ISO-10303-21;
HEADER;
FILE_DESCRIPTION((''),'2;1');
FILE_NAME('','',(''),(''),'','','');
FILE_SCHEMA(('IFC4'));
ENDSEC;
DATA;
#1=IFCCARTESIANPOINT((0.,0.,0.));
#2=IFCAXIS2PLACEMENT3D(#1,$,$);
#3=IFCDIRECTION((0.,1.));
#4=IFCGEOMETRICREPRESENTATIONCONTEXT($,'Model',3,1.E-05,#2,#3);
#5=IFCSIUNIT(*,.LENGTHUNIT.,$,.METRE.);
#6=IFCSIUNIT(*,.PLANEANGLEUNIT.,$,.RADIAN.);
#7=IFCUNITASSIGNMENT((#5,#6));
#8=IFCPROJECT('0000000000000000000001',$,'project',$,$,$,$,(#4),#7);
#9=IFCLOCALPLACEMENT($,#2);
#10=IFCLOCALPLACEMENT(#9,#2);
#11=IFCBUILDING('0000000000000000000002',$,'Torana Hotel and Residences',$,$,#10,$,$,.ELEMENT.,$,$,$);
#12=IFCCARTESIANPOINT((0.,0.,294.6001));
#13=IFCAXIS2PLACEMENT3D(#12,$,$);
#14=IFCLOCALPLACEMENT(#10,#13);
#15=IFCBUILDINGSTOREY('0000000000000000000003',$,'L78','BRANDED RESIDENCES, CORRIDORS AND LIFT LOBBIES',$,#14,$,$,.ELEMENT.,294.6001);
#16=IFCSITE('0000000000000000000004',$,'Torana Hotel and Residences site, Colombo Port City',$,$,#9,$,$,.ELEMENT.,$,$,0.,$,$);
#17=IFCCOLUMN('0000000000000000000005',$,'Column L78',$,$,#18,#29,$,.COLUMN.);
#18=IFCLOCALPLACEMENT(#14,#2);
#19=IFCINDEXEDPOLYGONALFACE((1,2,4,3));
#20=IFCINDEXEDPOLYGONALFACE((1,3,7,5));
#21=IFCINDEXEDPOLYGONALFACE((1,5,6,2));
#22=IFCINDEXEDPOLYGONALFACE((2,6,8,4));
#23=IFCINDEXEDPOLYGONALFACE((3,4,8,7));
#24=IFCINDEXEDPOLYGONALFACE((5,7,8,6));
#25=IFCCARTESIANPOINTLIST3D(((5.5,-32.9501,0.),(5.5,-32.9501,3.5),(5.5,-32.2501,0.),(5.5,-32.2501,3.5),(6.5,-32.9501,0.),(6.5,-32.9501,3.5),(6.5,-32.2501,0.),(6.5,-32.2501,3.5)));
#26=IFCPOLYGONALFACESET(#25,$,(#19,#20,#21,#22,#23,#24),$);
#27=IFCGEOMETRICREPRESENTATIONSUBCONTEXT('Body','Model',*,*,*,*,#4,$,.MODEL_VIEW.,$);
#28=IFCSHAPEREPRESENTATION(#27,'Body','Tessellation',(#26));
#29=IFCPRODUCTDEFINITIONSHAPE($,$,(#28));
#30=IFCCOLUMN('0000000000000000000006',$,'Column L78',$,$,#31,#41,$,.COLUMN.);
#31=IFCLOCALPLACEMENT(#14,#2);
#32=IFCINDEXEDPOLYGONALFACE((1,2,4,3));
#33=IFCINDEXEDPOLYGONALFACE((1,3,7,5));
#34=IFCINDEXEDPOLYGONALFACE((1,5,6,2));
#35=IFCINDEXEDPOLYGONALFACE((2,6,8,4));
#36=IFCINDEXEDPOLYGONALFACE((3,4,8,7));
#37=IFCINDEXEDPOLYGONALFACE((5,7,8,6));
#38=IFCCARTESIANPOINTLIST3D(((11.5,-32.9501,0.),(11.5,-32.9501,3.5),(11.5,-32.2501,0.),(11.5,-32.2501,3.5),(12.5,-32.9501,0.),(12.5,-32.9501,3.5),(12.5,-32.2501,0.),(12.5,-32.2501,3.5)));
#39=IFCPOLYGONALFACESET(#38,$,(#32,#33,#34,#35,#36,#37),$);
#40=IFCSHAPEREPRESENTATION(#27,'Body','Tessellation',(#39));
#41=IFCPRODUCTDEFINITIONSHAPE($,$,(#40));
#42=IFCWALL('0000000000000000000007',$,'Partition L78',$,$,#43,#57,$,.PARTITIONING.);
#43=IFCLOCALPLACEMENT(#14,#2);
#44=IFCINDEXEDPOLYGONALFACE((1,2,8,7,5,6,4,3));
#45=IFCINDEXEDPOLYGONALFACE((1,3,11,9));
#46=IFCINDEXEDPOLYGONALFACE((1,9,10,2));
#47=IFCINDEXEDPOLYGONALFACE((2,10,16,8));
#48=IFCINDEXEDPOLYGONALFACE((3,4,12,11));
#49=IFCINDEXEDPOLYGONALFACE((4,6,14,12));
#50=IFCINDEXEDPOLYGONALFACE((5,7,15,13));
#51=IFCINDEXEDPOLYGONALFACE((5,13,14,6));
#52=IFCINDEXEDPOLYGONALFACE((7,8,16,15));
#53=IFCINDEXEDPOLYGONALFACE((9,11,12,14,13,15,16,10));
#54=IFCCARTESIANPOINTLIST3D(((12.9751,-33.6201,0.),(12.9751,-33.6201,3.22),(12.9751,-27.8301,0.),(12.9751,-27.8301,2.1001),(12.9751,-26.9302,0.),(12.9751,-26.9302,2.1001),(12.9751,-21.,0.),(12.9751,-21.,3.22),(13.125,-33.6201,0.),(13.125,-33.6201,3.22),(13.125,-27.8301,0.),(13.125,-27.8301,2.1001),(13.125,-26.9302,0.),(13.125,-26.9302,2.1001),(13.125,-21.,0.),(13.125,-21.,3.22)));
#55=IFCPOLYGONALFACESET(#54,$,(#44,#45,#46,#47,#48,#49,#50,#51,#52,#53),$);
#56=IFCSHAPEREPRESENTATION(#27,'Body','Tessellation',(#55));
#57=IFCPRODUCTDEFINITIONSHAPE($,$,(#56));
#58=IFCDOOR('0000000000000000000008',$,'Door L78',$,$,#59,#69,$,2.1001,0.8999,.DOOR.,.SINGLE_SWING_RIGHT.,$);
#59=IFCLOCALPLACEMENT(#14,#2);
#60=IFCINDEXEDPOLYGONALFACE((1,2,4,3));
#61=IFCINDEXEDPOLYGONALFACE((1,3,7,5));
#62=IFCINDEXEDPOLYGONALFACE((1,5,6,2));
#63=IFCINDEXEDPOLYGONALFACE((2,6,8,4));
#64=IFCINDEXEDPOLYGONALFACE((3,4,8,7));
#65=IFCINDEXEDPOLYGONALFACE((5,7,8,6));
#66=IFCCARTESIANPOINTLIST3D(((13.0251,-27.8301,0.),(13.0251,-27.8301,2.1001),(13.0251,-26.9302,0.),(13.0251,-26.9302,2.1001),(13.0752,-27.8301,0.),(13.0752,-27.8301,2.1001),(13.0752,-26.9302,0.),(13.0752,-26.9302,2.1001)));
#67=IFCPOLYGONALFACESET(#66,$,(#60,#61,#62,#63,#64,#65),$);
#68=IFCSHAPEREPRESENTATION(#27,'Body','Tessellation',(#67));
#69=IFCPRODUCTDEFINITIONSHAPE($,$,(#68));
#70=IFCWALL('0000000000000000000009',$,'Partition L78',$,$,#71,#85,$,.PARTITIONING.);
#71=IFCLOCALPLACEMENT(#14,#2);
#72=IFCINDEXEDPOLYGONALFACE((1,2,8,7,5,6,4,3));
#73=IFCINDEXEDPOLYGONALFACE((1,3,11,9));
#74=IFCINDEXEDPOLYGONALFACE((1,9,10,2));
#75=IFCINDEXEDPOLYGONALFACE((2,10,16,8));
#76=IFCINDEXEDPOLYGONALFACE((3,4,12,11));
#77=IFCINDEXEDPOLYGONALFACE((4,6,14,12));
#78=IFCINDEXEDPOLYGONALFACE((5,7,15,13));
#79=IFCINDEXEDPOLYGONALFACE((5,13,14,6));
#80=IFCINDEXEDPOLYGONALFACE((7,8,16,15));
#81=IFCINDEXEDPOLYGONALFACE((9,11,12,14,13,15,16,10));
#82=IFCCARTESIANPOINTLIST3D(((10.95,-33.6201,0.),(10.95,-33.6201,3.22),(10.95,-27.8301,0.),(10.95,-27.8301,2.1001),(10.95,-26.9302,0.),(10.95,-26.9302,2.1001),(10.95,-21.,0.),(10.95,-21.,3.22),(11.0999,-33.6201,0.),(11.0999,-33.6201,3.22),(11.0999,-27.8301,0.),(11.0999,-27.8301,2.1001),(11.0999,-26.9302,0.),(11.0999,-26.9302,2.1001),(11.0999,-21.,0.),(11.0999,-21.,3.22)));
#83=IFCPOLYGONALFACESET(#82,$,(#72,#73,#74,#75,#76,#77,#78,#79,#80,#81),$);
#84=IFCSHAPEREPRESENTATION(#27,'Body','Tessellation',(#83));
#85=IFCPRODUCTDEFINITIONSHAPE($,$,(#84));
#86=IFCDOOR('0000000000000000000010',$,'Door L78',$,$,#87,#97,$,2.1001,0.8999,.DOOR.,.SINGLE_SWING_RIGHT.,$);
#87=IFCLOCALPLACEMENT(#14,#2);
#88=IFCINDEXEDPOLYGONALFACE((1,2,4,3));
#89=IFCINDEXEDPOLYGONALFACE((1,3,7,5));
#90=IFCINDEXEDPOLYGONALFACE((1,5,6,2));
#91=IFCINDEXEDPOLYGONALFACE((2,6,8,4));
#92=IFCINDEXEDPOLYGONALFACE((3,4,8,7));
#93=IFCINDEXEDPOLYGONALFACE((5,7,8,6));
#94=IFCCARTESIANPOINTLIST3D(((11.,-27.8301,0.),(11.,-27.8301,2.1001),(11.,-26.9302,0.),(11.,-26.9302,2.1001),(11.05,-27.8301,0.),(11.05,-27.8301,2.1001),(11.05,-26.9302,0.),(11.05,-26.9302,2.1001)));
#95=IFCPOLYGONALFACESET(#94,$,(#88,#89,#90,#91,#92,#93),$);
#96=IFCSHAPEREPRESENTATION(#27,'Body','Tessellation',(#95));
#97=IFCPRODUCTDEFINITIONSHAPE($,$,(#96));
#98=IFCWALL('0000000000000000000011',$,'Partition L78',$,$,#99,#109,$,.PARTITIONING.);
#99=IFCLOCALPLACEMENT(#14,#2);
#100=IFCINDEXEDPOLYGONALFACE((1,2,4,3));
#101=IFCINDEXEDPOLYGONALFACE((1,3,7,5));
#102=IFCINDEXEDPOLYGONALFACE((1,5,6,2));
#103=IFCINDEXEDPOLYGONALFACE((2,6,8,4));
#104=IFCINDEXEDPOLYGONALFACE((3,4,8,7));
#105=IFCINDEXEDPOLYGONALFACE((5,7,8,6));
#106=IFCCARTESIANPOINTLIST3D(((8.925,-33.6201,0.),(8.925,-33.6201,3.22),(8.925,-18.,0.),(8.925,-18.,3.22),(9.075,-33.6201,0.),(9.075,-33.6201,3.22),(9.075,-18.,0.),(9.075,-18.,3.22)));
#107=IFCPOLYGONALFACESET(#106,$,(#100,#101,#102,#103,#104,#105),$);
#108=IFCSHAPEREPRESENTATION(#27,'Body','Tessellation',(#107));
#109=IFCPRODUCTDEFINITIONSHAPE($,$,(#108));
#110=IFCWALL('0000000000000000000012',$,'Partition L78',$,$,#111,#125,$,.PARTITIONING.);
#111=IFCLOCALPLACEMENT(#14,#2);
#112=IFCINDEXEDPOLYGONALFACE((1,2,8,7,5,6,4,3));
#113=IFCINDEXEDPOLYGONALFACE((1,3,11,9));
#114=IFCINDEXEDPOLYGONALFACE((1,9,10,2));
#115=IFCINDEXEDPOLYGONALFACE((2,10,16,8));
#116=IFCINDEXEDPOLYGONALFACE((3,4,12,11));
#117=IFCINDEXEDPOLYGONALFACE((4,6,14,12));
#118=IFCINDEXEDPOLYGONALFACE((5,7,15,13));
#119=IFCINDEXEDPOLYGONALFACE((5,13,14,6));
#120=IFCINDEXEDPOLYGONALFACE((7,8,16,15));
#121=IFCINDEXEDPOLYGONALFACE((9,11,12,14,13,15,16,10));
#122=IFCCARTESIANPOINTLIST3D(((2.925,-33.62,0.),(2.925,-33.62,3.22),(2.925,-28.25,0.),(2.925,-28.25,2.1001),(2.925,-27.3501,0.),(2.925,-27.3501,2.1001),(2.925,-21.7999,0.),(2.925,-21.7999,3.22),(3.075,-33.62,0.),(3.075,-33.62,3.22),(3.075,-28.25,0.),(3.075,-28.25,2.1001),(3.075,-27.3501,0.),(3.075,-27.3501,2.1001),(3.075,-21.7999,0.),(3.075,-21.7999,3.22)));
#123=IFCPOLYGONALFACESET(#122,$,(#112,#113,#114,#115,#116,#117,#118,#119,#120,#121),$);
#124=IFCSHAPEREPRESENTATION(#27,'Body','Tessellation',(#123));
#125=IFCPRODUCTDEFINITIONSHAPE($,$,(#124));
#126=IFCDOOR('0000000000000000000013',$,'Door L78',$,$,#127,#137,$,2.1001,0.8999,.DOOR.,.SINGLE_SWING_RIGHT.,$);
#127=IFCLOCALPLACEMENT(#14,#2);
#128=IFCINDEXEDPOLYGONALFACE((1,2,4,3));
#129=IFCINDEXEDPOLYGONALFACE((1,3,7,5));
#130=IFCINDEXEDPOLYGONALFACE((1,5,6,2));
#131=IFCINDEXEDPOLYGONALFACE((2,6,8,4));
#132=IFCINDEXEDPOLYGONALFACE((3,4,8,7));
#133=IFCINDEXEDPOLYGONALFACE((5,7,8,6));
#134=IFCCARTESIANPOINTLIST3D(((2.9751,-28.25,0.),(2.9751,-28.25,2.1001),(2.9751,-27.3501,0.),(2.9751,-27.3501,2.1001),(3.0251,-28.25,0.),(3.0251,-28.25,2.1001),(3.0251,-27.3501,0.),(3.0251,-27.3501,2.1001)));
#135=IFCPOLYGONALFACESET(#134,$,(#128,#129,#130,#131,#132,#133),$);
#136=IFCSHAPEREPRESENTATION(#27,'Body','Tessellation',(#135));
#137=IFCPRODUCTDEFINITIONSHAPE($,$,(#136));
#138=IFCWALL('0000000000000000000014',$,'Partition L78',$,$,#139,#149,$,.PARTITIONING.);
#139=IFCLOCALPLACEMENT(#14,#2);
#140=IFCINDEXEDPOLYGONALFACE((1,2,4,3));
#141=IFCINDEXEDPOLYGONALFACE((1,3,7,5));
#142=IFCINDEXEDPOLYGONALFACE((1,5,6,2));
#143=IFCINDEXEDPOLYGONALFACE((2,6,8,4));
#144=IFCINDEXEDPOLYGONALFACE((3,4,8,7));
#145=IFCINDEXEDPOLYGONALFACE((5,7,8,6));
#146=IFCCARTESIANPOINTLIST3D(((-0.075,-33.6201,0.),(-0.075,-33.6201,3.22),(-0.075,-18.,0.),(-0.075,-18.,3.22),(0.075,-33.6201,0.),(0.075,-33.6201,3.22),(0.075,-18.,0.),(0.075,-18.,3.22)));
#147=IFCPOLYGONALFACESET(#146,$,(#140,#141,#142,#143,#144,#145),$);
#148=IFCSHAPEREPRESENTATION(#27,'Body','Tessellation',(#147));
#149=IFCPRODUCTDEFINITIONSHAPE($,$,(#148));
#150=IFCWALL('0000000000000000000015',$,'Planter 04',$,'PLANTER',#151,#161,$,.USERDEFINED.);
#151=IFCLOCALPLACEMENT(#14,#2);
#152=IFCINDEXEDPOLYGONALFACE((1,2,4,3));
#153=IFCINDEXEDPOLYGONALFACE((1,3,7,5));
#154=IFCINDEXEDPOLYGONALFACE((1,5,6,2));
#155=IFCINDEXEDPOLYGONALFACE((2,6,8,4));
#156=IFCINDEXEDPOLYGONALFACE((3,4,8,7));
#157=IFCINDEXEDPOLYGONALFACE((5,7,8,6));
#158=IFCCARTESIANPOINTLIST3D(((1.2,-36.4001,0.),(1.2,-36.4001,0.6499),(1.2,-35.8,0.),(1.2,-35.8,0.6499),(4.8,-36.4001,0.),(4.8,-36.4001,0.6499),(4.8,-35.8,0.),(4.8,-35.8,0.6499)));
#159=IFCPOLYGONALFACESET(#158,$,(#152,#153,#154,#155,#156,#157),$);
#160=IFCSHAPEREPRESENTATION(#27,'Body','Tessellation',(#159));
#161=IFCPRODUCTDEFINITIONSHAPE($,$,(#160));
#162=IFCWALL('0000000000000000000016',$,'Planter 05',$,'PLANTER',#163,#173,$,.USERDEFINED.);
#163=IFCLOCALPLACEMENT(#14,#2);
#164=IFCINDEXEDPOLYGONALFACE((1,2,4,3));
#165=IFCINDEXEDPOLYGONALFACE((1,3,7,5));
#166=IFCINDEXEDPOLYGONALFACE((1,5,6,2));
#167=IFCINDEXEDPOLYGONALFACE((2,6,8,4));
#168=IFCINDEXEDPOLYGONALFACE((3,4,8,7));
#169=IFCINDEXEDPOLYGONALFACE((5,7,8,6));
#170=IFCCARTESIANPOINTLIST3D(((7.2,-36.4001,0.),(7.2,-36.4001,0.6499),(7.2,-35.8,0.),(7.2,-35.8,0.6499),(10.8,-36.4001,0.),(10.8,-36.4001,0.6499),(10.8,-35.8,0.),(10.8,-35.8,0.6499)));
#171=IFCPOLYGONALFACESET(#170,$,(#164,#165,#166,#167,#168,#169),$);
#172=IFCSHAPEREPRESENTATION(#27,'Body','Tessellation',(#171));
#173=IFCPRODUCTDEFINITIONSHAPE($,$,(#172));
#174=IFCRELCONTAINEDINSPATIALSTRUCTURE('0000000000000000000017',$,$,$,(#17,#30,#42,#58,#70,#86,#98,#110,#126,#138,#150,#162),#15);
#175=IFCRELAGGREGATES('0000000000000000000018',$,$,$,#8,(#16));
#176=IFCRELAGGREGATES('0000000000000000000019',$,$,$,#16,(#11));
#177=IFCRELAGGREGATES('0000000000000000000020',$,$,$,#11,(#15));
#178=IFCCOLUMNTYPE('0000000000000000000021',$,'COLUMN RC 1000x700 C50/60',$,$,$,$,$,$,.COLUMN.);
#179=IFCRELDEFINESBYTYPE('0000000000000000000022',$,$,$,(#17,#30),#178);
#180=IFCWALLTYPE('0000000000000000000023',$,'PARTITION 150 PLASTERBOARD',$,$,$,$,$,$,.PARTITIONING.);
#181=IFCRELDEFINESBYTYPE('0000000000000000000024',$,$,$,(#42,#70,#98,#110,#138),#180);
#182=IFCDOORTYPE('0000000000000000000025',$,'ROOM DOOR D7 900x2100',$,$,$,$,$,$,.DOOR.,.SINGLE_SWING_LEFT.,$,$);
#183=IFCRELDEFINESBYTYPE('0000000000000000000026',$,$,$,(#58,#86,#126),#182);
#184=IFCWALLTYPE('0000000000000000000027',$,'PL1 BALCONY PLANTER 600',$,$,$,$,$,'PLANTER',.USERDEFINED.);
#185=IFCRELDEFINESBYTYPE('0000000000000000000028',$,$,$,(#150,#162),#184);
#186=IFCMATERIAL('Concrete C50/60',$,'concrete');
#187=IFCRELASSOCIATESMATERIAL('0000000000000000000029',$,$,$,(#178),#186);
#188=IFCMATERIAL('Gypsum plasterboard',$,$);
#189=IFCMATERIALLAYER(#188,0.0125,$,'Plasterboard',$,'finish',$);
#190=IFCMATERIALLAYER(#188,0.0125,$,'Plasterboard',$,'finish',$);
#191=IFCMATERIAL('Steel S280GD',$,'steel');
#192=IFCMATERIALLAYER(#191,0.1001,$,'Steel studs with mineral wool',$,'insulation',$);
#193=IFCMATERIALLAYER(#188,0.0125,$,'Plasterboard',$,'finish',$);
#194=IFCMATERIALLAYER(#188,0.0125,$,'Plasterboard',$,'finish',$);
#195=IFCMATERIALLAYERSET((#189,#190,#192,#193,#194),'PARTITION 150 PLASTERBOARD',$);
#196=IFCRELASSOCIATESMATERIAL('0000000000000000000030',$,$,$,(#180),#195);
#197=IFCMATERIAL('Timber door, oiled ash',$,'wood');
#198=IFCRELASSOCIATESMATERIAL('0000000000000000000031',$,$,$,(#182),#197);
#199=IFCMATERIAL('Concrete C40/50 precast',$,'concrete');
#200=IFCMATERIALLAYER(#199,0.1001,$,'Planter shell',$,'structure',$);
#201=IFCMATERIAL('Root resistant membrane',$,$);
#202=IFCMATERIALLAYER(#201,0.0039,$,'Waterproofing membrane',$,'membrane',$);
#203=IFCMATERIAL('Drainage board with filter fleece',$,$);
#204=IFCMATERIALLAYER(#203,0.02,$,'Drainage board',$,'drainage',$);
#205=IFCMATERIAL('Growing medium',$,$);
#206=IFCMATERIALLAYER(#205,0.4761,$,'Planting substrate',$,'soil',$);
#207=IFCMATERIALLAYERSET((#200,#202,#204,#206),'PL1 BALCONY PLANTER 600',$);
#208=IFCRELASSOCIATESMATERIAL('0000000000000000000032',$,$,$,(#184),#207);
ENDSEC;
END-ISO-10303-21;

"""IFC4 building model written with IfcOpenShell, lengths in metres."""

from ifc_helpers import new_model, si_unit, direction, frame, frame_2d, origin, origin_2d, place, context, subcontext, project, spatial, rectangle, extrude, material, layer, layer_set, material_profile, profile_set, type_object, element, fill, save


model = new_model("IFC4")

# Units and contexts
model_context = context("Model", 3, precision=1e-05, world=origin(), true_north=direction((0.0, 1.0)))
body_context = subcontext(model_context, "Body", "Model", "MODEL_VIEW")
ifc_project = project(units=[si_unit("LENGTHUNIT", "METRE"), si_unit("PLANEANGLEUNIT", "RADIAN")], contexts=[model_context])

# Site, building, storey
site_placement = place(None, origin())
site = spatial("IfcSite", under=ifc_project, at=site_placement, Name="Torana Hotel and Residences site, Colombo Port City", CompositionType="ELEMENT", RefElevation=0.0)
building_placement = place(site_placement, origin())
building = spatial("IfcBuilding", under=site, at=building_placement, Name="Torana Hotel and Residences", CompositionType="ELEMENT")
storey_placement = place(building_placement, frame((0.0, 0.0, 294.6001)))
storey = spatial("IfcBuildingStorey", under=building, at=storey_placement, Name="L78", Description="BRANDED RESIDENCES, CORRIDORS AND LIFT LOBBIES", CompositionType="ELEMENT", Elevation=294.6001)

# Columns
ifc_material_1 = material(Name="Concrete C50/60", Category="concrete")
ifc_material_profile = material_profile(ifc_material_1, rectangle(XDim=1.0, YDim=0.7, at=origin_2d()), Name="RC 1000x700")
ifc_profile_set = profile_set([ifc_material_profile], Name="Concrete C50/60")
column_type = type_object("IfcColumnType", Name="COLUMN RC 1000x700 C50/60", PredefinedType="COLUMN", material=ifc_profile_set)
for number, where, z_axis, x_axis, name in (
    (1, (6.0, -32.6001, 0.0), (0.0, 0.0, 1.0), (1.0, 0.0, 0.0), "Column L78"),
    (2, (12.0, -32.6001, 0.0), (0.0, 0.0, 1.0), (1.0, 0.0, 0.0), "Column L78"),
):
    element("IfcColumn", number, at=place(storey_placement, frame(where, z_axis=z_axis, x_axis=x_axis)), inside=storey, type_object=column_type, Name=name, PredefinedType="COLUMN", context=body_context, shape_type="SweptSolid", body=[
        extrude(rectangle(XDim=1.0, YDim=0.7, at=origin_2d()), origin(), (0.0, 0.0, 1.0), 3.5),
    ])

# Walls, openings, doors
ifc_material_2 = material(Name="Gypsum plasterboard")
ifc_layer_1 = layer(ifc_material_2, 0.0125, Name="Plasterboard", Category="finish")
ifc_layer_2 = layer(ifc_material_2, 0.0125, Name="Plasterboard", Category="finish")
ifc_material_3 = material(Name="Steel S280GD", Category="steel")
ifc_layer_3 = layer(ifc_material_3, 0.1001, Name="Steel studs with mineral wool", Category="insulation")
ifc_layer_4 = layer(ifc_material_2, 0.0125, Name="Plasterboard", Category="finish")
ifc_layer_5 = layer(ifc_material_2, 0.0125, Name="Plasterboard", Category="finish")
ifc_layer_set_1 = layer_set([ifc_layer_1, ifc_layer_2, ifc_layer_3, ifc_layer_4, ifc_layer_5], Name="PARTITION 150 PLASTERBOARD")
wall_type_1 = type_object("IfcWallType", Name="PARTITION 150 PLASTERBOARD", PredefinedType="PARTITIONING", material=ifc_layer_set_1)
wall_1_placement = place(storey_placement, frame((13.05, -33.6201, 0.0), z_axis=(0.0, 0.0, 1.0), x_axis=(0.0, 1.0, 0.0)))
wall_1 = element("IfcWall", 3, at=wall_1_placement, inside=storey, type_object=wall_type_1, Name="Partition L78", PredefinedType="PARTITIONING", context=body_context, shape_type="SweptSolid", body=[
    extrude(rectangle(XDim=12.6201, YDim=0.1499, at=frame_2d((6.3101, 0.0))), origin(), (0.0, 0.0, 1.0), 3.22),
])
opening_1_placement = place(wall_1_placement, frame((5.79, 0.0, 0.0)))
opening_1 = element("IfcOpeningElement", 4, at=opening_1_placement, cuts=wall_1, PredefinedType="OPENING", context=body_context, shape_type="SweptSolid", body=[
    extrude(rectangle(XDim=0.8999, YDim=2.1001, at=frame_2d((0.45, 1.05))), frame((0.0, 0.085, 0.0), z_axis=(0.0, -1.0, 0.0), x_axis=(1.0, 0.0, 0.0)), (0.0, 0.0, 1.0), 0.1699),
])
ifc_material_4 = material(Name="Timber door, oiled ash", Category="wood")
door_type = type_object("IfcDoorType", Name="ROOM DOOR D7 900x2100", OperationType="SINGLE_SWING_LEFT", PredefinedType="DOOR", material=ifc_material_4)
door_1_placement = place(opening_1_placement, origin())
door_1 = element("IfcDoor", 5, at=door_1_placement, inside=storey, type_object=door_type, Name="Door L78", OperationType="SINGLE_SWING_RIGHT", OverallHeight=2.1001, OverallWidth=0.8999, PredefinedType="DOOR", context=body_context, shape_type="SweptSolid", body=[
    extrude(rectangle(XDim=0.8999, YDim=2.1001, at=frame_2d((0.45, 1.05))), frame((0.0, 0.0249, 0.0), z_axis=(0.0, -1.0, 0.0), x_axis=(1.0, 0.0, 0.0)), (0.0, 0.0, 1.0), 0.05),
])
fill(opening_1, door_1)
wall_2_placement = place(storey_placement, frame((11.0249, -33.6201, 0.0), z_axis=(0.0, 0.0, 1.0), x_axis=(0.0, 1.0, 0.0)))
wall_2 = element("IfcWall", 6, at=wall_2_placement, inside=storey, type_object=wall_type_1, Name="Partition L78", PredefinedType="PARTITIONING", context=body_context, shape_type="SweptSolid", body=[
    extrude(rectangle(XDim=12.6201, YDim=0.1499, at=frame_2d((6.3101, 0.0))), origin(), (0.0, 0.0, 1.0), 3.22),
])
opening_2_placement = place(wall_2_placement, frame((5.79, 0.0, 0.0)))
opening_2 = element("IfcOpeningElement", 7, at=opening_2_placement, cuts=wall_2, PredefinedType="OPENING", context=body_context, shape_type="SweptSolid", body=[
    extrude(rectangle(XDim=0.8999, YDim=2.1001, at=frame_2d((0.45, 1.05))), frame((0.0, 0.085, 0.0), z_axis=(0.0, -1.0, 0.0), x_axis=(1.0, 0.0, 0.0)), (0.0, 0.0, 1.0), 0.1699),
])
door_2_placement = place(opening_2_placement, origin())
door_2 = element("IfcDoor", 8, at=door_2_placement, inside=storey, type_object=door_type, Name="Door L78", OperationType="SINGLE_SWING_RIGHT", OverallHeight=2.1001, OverallWidth=0.8999, PredefinedType="DOOR", context=body_context, shape_type="SweptSolid", body=[
    extrude(rectangle(XDim=0.8999, YDim=2.1001, at=frame_2d((0.45, 1.05))), frame((0.0, 0.0249, 0.0), z_axis=(0.0, -1.0, 0.0), x_axis=(1.0, 0.0, 0.0)), (0.0, 0.0, 1.0), 0.05),
])
fill(opening_2, door_2)

# Wall
wall_3_placement = place(storey_placement, frame((9.0, -33.6201, 0.0), z_axis=(0.0, 0.0, 1.0), x_axis=(0.0, 1.0, 0.0)))
element("IfcWall", 9, at=wall_3_placement, inside=storey, type_object=wall_type_1, Name="Partition L78", PredefinedType="PARTITIONING", context=body_context, shape_type="SweptSolid", body=[
    extrude(rectangle(XDim=15.6201, YDim=0.1499, at=frame_2d((7.8101, 0.0))), origin(), (0.0, 0.0, 1.0), 3.22),
])

# Wall, opening, door
wall_4_placement = place(storey_placement, frame((3.0, -33.6201, 0.0), z_axis=(0.0, 0.0, 1.0), x_axis=(0.0, 1.0, 0.0)))
wall_4 = element("IfcWall", 10, at=wall_4_placement, inside=storey, type_object=wall_type_1, Name="Partition L78", PredefinedType="PARTITIONING", context=body_context, shape_type="SweptSolid", body=[
    extrude(rectangle(XDim=11.8201, YDim=0.1499, at=frame_2d((5.9102, 0.0))), origin(), (0.0, 0.0, 1.0), 3.22),
])
opening_3_placement = place(wall_4_placement, frame((5.3701, 0.0, 0.0)))
opening_3 = element("IfcOpeningElement", 11, at=opening_3_placement, cuts=wall_4, PredefinedType="OPENING", context=body_context, shape_type="SweptSolid", body=[
    extrude(rectangle(XDim=0.8999, YDim=2.1001, at=frame_2d((0.45, 1.05))), frame((0.0, 0.085, 0.0), z_axis=(0.0, -1.0, 0.0), x_axis=(1.0, 0.0, 0.0)), (0.0, 0.0, 1.0), 0.1699),
])
door_3_placement = place(opening_3_placement, origin())
door_3 = element("IfcDoor", 12, at=door_3_placement, inside=storey, type_object=door_type, Name="Door L78", OperationType="SINGLE_SWING_RIGHT", OverallHeight=2.1001, OverallWidth=0.8999, PredefinedType="DOOR", context=body_context, shape_type="SweptSolid", body=[
    extrude(rectangle(XDim=0.8999, YDim=2.1001, at=frame_2d((0.45, 1.05))), frame((0.0, 0.0249, 0.0), z_axis=(0.0, -1.0, 0.0), x_axis=(1.0, 0.0, 0.0)), (0.0, 0.0, 1.0), 0.05),
])
fill(opening_3, door_3)

# Walls
wall_5_placement = place(storey_placement, frame((0.0, -33.6201, 0.0), z_axis=(0.0, 0.0, 1.0), x_axis=(0.0, 1.0, 0.0)))
element("IfcWall", 13, at=wall_5_placement, inside=storey, type_object=wall_type_1, Name="Partition L78", PredefinedType="PARTITIONING", context=body_context, shape_type="SweptSolid", body=[
    extrude(rectangle(XDim=15.6201, YDim=0.1499, at=frame_2d((7.8101, 0.0))), origin(), (0.0, 0.0, 1.0), 3.22),
])
ifc_material_5 = material(Name="Concrete C40/50 precast", Category="concrete")
ifc_layer_6 = layer(ifc_material_5, 0.1001, Name="Planter shell", Category="structure")
ifc_material_6 = material(Name="Root resistant membrane")
ifc_layer_7 = layer(ifc_material_6, 0.0039, Name="Waterproofing membrane", Category="membrane")
ifc_material_7 = material(Name="Drainage board with filter fleece")
ifc_layer_8 = layer(ifc_material_7, 0.02, Name="Drainage board", Category="drainage")
ifc_material_8 = material(Name="Growing medium")
ifc_layer_9 = layer(ifc_material_8, 0.4761, Name="Planting substrate", Category="soil")
ifc_layer_set_2 = layer_set([ifc_layer_6, ifc_layer_7, ifc_layer_8, ifc_layer_9], Name="PL1 BALCONY PLANTER 600")
wall_type_2 = type_object("IfcWallType", Name="PL1 BALCONY PLANTER 600", ElementType="PLANTER", PredefinedType="USERDEFINED", material=ifc_layer_set_2)
for number, where, z_axis, x_axis, name in (
    (14, (4.8, -36.1001, 0.0), (0.0, 0.0, 1.0), (-1.0, 0.0, 0.0), "Planter 04"),
    (15, (10.8, -36.1001, 0.0), (0.0, 0.0, 1.0), (-1.0, 0.0, 0.0), "Planter 05"),
):
    element("IfcWall", number, at=place(storey_placement, frame(where, z_axis=z_axis, x_axis=x_axis)), inside=storey, type_object=wall_type_2, Name=name, ObjectType="PLANTER", PredefinedType="USERDEFINED", context=body_context, shape_type="SweptSolid", body=[
        extrude(rectangle(XDim=3.6001, YDim=0.6001, at=frame_2d((1.8, 0.0))), origin(), (0.0, 0.0, 1.0), 0.6499),
    ])

save(model, "model.ifc")
